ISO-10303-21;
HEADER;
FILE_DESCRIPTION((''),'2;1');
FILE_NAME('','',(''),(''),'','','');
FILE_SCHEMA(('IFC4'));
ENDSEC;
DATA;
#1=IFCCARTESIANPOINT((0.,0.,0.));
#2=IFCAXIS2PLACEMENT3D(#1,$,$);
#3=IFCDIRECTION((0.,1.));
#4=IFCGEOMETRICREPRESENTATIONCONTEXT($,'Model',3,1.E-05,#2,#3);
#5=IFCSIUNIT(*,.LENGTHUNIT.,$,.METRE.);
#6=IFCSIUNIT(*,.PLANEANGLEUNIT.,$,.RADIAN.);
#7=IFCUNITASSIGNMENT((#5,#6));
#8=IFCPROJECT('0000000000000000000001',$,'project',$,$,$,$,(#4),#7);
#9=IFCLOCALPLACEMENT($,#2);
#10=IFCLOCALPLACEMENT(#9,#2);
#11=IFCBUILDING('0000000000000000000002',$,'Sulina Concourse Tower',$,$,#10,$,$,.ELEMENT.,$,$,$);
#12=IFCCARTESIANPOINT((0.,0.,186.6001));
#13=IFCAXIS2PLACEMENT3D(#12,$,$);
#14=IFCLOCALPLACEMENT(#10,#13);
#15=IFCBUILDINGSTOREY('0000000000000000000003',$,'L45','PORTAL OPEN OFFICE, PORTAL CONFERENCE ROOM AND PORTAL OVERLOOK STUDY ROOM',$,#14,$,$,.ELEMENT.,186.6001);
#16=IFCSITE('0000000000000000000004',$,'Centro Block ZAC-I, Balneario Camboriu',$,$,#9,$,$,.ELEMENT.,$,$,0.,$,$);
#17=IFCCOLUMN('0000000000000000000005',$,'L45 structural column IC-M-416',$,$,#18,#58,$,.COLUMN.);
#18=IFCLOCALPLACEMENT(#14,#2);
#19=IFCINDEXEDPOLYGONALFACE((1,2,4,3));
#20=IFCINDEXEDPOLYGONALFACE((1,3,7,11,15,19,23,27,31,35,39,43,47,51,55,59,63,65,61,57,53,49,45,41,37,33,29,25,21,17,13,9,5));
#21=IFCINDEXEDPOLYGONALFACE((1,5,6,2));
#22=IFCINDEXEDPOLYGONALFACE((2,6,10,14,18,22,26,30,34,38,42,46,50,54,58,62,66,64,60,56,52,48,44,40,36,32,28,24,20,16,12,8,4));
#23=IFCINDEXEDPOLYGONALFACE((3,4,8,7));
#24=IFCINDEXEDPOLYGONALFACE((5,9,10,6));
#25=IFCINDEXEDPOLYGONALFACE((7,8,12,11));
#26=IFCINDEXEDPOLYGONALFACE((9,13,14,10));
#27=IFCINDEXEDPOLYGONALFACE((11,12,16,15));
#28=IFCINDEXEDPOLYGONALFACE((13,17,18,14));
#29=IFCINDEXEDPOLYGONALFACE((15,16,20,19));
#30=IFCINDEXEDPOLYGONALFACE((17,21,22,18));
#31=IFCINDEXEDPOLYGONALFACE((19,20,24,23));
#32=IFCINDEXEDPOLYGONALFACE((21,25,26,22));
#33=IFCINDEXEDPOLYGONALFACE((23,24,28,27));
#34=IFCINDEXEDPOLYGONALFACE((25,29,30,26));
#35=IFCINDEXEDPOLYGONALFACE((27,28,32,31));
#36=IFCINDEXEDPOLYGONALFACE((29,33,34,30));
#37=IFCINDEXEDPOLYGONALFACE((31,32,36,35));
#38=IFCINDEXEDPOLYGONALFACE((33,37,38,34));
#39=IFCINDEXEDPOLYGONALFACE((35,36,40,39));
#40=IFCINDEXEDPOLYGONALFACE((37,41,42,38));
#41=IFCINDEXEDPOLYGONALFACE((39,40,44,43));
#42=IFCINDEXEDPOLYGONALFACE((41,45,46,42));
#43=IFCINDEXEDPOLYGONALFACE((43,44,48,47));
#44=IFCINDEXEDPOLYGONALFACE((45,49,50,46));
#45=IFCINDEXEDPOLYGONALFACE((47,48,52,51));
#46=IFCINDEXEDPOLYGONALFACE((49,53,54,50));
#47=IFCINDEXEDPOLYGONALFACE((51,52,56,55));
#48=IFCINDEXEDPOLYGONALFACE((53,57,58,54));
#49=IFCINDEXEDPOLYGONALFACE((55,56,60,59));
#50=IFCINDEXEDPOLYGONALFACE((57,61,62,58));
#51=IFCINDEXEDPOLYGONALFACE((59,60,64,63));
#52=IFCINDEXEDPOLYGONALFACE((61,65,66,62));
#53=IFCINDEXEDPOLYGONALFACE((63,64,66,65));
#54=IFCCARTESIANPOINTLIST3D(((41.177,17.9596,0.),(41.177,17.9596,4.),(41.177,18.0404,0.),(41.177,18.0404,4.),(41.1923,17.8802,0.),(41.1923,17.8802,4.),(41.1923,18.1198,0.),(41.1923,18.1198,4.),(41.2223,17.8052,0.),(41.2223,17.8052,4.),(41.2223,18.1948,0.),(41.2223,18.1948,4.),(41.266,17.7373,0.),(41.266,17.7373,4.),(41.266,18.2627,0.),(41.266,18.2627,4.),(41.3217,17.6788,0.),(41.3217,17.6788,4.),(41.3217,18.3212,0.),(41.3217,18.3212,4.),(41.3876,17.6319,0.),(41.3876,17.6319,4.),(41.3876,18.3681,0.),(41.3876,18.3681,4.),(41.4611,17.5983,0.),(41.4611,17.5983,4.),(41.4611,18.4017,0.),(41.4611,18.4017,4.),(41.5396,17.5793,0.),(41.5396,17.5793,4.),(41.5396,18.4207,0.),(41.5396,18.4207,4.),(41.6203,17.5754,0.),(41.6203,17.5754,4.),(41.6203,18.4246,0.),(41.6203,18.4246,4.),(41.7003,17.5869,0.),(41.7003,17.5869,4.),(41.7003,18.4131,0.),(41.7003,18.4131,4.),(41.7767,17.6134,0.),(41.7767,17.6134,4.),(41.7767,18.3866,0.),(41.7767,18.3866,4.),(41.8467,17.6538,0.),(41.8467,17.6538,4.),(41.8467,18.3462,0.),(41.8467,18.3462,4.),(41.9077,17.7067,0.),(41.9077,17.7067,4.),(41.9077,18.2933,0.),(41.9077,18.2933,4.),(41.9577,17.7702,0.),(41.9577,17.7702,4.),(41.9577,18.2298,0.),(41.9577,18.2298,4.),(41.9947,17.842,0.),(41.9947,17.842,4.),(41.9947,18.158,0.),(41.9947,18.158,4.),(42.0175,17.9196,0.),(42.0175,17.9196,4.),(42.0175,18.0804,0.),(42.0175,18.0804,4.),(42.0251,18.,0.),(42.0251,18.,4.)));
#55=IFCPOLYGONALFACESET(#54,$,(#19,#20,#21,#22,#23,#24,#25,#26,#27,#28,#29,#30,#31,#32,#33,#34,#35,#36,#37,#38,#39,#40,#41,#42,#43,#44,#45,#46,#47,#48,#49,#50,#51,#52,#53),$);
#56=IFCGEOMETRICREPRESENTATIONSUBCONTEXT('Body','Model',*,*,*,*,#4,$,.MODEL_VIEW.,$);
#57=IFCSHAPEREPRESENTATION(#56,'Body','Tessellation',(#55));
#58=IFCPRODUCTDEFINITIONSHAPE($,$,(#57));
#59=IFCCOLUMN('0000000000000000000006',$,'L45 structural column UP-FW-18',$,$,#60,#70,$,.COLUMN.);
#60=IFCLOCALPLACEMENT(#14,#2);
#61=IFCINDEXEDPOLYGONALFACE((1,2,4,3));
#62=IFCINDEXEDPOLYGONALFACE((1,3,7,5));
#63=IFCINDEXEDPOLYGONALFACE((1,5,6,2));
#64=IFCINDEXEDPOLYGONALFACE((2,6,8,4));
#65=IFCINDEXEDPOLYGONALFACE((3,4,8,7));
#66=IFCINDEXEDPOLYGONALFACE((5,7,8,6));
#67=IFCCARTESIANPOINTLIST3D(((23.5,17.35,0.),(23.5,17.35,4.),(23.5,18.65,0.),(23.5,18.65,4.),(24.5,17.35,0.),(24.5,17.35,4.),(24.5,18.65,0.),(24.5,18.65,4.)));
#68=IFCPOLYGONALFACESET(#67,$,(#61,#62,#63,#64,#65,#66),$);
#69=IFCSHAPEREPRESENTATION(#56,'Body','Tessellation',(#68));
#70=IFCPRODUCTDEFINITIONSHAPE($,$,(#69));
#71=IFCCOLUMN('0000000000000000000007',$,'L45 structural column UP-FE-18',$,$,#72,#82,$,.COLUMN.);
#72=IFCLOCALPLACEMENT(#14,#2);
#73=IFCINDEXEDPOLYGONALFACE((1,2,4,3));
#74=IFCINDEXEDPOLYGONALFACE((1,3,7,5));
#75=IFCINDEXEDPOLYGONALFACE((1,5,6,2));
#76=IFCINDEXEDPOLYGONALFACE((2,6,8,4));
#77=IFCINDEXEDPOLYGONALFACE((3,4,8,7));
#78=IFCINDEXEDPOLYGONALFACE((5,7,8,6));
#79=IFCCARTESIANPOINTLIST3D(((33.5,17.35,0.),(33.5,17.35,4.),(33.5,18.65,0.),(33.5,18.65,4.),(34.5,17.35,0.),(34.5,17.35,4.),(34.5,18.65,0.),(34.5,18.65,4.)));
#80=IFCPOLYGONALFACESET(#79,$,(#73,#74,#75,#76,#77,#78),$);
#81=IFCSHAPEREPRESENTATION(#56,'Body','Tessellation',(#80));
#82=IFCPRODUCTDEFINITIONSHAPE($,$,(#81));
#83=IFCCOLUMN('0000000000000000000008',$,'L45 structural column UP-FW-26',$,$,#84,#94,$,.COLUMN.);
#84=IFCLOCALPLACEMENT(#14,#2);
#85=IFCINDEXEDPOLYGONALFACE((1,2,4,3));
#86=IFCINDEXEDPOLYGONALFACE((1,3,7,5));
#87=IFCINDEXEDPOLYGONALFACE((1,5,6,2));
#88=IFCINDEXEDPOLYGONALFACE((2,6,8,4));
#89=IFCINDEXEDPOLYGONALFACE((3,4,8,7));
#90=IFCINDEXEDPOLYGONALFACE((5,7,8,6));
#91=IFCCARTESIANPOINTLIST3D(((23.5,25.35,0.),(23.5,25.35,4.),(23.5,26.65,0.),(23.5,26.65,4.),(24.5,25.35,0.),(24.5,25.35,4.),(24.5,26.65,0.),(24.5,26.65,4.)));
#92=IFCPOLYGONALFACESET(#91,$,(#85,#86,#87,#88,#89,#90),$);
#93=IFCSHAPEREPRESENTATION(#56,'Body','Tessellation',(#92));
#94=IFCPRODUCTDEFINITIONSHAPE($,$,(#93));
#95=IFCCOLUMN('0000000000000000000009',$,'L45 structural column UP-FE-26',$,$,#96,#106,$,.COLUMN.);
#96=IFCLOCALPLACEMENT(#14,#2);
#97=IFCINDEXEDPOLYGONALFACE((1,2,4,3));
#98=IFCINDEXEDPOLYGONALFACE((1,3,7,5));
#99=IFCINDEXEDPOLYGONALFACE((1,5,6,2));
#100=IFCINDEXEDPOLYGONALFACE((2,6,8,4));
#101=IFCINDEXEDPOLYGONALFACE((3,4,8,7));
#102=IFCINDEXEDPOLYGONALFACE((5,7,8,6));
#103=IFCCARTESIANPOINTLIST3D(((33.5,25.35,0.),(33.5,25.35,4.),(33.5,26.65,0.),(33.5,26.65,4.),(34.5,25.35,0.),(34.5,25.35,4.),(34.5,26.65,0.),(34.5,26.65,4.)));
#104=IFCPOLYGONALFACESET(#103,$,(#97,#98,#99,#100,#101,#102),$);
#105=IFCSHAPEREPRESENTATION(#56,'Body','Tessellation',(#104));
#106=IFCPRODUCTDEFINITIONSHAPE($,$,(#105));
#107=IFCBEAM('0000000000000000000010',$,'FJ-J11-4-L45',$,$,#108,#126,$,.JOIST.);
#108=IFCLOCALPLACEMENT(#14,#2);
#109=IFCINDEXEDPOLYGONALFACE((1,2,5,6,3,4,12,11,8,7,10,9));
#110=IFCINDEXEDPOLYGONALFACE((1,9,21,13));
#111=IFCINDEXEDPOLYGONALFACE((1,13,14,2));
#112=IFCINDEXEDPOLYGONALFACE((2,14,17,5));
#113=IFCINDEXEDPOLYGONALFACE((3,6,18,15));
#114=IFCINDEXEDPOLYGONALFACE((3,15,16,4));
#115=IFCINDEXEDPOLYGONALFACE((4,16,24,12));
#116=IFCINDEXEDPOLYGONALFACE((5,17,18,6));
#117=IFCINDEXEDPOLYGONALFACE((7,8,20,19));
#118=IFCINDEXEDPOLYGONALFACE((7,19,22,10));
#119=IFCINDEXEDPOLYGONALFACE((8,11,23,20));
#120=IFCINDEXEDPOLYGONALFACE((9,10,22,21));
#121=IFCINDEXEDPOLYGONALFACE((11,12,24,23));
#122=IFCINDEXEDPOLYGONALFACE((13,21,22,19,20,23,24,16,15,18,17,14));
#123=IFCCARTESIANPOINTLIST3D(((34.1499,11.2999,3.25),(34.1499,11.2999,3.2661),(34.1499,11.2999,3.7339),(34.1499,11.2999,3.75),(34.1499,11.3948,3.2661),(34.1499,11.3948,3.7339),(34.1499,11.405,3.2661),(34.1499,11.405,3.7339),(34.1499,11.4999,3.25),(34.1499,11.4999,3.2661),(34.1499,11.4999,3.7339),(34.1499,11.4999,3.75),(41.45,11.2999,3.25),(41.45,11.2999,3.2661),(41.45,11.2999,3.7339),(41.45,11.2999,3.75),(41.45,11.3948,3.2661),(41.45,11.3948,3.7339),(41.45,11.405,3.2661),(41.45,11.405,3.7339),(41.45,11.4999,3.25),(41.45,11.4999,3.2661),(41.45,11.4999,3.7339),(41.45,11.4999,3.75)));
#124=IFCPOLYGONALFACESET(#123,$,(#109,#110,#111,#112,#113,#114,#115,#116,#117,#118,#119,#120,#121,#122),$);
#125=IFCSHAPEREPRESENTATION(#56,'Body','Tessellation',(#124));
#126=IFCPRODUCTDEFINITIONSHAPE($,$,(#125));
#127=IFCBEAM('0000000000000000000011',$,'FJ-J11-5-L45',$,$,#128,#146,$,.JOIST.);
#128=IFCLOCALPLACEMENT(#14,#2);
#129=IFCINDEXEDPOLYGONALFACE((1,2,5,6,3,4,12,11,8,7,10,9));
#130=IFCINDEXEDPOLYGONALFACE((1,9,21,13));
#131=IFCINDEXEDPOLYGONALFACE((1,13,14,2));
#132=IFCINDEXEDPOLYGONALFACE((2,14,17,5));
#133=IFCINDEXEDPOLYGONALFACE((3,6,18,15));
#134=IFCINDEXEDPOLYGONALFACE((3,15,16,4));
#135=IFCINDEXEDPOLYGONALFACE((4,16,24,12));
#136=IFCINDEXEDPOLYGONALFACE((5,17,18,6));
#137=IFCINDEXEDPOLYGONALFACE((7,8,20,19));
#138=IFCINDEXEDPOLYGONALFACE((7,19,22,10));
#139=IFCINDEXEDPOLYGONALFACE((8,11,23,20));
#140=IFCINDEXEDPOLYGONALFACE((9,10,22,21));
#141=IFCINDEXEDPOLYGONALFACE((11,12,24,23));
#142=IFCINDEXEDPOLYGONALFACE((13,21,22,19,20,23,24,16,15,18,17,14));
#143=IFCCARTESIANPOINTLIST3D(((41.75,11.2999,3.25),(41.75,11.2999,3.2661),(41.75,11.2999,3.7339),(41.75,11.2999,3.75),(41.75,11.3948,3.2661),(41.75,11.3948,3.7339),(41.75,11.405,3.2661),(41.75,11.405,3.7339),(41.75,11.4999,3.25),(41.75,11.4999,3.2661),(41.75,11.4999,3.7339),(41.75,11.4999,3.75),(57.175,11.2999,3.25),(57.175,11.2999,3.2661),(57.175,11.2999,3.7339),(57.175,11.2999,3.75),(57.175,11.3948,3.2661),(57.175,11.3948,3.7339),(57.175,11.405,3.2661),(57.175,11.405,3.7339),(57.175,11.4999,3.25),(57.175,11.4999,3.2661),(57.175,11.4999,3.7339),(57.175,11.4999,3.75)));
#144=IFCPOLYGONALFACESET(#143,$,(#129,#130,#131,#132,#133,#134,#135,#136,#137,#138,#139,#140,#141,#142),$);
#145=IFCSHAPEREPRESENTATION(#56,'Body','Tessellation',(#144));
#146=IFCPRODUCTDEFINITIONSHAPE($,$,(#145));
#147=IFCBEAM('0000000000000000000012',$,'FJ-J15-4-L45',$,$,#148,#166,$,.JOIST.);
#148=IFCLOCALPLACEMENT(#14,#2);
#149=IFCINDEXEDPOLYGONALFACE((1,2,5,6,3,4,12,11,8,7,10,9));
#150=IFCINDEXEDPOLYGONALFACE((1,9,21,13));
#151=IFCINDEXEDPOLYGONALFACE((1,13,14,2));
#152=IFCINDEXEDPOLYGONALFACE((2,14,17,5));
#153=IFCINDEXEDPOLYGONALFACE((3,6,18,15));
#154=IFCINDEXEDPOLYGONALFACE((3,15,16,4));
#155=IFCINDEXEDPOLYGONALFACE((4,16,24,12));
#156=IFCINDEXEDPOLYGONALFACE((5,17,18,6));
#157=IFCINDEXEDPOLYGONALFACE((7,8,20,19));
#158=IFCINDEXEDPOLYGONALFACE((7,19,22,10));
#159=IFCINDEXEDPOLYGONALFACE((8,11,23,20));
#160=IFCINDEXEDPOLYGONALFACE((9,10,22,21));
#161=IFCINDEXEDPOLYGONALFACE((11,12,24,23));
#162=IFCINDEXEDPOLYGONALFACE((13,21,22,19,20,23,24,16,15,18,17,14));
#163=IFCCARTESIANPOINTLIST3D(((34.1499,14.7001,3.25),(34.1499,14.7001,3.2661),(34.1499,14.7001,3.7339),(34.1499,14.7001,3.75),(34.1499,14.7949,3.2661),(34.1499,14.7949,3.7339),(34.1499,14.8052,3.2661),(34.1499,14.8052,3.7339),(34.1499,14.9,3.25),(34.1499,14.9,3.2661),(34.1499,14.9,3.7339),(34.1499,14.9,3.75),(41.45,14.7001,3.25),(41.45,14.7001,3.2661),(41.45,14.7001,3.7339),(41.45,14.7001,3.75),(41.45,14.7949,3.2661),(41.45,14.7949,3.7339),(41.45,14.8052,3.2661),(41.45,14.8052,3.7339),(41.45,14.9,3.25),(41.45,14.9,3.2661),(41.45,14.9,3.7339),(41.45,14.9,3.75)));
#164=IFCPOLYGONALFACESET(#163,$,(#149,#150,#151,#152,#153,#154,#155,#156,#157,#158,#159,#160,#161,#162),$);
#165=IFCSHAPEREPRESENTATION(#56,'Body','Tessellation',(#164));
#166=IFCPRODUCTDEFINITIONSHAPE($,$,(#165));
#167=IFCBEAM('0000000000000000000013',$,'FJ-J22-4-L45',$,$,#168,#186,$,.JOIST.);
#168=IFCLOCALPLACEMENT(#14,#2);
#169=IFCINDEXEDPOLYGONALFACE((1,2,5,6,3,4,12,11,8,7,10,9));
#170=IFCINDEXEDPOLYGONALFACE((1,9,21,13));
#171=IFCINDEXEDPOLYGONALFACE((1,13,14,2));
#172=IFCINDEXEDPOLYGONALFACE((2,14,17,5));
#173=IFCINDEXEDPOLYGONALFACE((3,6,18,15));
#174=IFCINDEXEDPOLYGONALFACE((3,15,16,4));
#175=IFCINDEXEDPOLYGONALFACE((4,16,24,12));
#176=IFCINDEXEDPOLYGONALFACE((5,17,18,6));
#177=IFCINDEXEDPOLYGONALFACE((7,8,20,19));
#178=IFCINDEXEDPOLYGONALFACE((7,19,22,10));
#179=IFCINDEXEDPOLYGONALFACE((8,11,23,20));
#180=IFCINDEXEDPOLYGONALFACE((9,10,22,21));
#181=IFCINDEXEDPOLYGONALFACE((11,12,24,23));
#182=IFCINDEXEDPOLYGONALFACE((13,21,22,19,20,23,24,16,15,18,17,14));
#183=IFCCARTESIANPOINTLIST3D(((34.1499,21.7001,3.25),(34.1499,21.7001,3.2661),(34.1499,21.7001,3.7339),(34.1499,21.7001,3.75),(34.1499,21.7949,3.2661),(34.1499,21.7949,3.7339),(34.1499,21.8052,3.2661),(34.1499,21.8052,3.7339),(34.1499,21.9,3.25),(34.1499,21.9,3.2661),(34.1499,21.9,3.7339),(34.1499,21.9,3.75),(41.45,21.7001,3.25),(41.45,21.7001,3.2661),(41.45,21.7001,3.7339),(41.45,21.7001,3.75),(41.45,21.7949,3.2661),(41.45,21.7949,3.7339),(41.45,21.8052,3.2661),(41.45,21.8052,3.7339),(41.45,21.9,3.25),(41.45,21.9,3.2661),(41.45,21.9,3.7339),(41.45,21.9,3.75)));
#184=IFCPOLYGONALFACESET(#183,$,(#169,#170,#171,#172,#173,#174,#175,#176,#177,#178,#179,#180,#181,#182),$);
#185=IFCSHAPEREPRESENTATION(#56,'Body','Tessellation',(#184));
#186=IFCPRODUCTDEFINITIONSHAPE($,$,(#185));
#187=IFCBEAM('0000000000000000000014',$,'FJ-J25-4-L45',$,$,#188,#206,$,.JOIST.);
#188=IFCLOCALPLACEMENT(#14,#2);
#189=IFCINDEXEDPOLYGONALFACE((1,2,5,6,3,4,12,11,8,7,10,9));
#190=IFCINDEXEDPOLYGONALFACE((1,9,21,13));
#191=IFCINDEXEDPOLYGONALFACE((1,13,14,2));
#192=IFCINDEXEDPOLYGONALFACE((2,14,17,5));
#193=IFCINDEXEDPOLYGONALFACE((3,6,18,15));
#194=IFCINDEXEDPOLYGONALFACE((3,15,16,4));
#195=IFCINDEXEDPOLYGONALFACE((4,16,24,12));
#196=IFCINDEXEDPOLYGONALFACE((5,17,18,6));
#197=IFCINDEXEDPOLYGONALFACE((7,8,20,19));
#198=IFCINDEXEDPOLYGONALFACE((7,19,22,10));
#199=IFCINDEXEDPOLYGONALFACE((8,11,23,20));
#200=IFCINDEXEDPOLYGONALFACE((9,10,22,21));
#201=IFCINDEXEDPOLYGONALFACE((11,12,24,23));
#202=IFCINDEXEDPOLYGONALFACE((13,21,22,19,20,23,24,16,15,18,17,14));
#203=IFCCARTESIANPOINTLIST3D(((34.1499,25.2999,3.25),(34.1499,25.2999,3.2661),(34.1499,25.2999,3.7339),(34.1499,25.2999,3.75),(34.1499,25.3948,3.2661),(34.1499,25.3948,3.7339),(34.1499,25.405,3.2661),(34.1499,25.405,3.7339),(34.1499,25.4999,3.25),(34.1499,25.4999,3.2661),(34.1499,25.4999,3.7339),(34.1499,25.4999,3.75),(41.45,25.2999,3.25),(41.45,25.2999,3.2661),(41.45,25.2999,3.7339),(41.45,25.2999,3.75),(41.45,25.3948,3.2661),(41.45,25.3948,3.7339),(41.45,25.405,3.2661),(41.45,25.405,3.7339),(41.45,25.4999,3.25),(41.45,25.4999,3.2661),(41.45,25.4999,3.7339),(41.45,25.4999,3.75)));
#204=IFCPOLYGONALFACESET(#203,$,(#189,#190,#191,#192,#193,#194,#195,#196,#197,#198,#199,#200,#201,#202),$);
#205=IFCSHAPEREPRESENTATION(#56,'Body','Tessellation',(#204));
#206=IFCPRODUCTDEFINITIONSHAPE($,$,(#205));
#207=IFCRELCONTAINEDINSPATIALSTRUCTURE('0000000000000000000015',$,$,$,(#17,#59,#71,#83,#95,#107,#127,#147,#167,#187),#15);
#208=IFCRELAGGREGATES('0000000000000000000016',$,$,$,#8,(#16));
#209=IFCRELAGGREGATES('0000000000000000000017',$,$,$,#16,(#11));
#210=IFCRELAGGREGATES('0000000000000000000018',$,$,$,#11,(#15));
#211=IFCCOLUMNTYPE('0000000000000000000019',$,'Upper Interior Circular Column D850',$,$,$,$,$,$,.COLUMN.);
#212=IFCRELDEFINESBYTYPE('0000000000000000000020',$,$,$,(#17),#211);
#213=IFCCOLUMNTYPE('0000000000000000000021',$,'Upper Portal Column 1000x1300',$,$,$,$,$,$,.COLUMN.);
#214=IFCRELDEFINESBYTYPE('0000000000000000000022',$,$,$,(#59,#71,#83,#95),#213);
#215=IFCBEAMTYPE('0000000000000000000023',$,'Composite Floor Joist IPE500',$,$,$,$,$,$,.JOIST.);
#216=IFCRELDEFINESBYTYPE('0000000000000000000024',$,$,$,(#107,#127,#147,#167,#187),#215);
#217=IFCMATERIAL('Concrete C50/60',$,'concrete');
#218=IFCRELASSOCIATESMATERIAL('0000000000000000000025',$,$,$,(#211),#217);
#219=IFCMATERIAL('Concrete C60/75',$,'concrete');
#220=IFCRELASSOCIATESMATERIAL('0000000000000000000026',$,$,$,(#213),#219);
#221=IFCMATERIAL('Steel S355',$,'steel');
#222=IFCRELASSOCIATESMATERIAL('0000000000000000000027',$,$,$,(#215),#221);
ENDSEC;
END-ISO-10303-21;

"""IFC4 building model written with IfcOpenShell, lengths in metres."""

from ifc_helpers import new_model, si_unit, direction, frame, origin, origin_2d, place, context, subcontext, project, spatial, rectangle, circle, i_section, extrude, material, material_profile, profile_set, type_object, element, save


model = new_model("IFC4")

# Units and contexts
model_context = context("Model", 3, precision=1e-05, world=origin(), true_north=direction((0.0, 1.0)))
body_context = subcontext(model_context, "Body", "Model", "MODEL_VIEW")
ifc_project = project(units=[si_unit("LENGTHUNIT", "METRE"), si_unit("PLANEANGLEUNIT", "RADIAN")], contexts=[model_context])

# Site, building, storey
site_placement = place(None, origin())
site = spatial("IfcSite", under=ifc_project, at=site_placement, Name="Centro Block ZAC-I, Balneario Camboriu", CompositionType="ELEMENT", RefElevation=0.0)
building_placement = place(site_placement, origin())
building = spatial("IfcBuilding", under=site, at=building_placement, Name="Sulina Concourse Tower", CompositionType="ELEMENT")
storey_placement = place(building_placement, frame((0.0, 0.0, 186.6001)))
storey = spatial("IfcBuildingStorey", under=building, at=storey_placement, Name="L45", Description="PORTAL OPEN OFFICE, PORTAL CONFERENCE ROOM AND PORTAL OVERLOOK STUDY ROOM", CompositionType="ELEMENT", Elevation=186.6001)

# Columns
ifc_material_1 = material(Name="Concrete C50/60", Category="concrete")
ifc_material_profile_1 = material_profile(ifc_material_1, circle(Radius=0.425, at=origin_2d()), Name="RC D850")
ifc_profile_set_1 = profile_set([ifc_material_profile_1], Name="Concrete C50/60")
column_type_1 = type_object("IfcColumnType", Name="Upper Interior Circular Column D850", PredefinedType="COLUMN", material=ifc_profile_set_1)
column_placement = place(storey_placement, frame((41.6001, 18.0, 0.0), z_axis=(0.0, 0.0, 1.0), x_axis=(1.0, 0.0, 0.0)))
element("IfcColumn", 1, at=column_placement, inside=storey, type_object=column_type_1, Name="L45 structural column IC-M-416", PredefinedType="COLUMN", context=body_context, shape_type="SweptSolid", body=[
    extrude(circle(Radius=0.425, at=origin_2d()), origin(), (0.0, 0.0, 1.0), 4.0),
])
ifc_material_2 = material(Name="Concrete C60/75", Category="concrete")
ifc_material_profile_2 = material_profile(ifc_material_2, rectangle(XDim=1.0, YDim=1.3, at=origin_2d()), Name="RC 1000x1300")
ifc_profile_set_2 = profile_set([ifc_material_profile_2], Name="Concrete C60/75")
column_type_2 = type_object("IfcColumnType", Name="Upper Portal Column 1000x1300", PredefinedType="COLUMN", material=ifc_profile_set_2)
for number, where, z_axis, x_axis, name in (
    (2, (24.0, 18.0, 0.0), (0.0, 0.0, 1.0), (1.0, 0.0, 0.0), "L45 structural column UP-FW-18"),
    (3, (34.0, 18.0, 0.0), (0.0, 0.0, 1.0), (1.0, 0.0, 0.0), "L45 structural column UP-FE-18"),
    (4, (24.0, 26.0, 0.0), (0.0, 0.0, 1.0), (1.0, 0.0, 0.0), "L45 structural column UP-FW-26"),
    (5, (34.0, 26.0, 0.0), (0.0, 0.0, 1.0), (1.0, 0.0, 0.0), "L45 structural column UP-FE-26"),
):
    element("IfcColumn", number, at=place(storey_placement, frame(where, z_axis=z_axis, x_axis=x_axis)), inside=storey, type_object=column_type_2, Name=name, PredefinedType="COLUMN", context=body_context, shape_type="SweptSolid", body=[
        extrude(rectangle(XDim=1.0, YDim=1.3, at=origin_2d()), origin(), (0.0, 0.0, 1.0), 4.0),
    ])

# Beams
ifc_material_3 = material(Name="Steel S355", Category="steel")
ifc_material_profile_3 = material_profile(ifc_material_3, i_section(OverallWidth=0.2, OverallDepth=0.5, WebThickness=0.0103, FlangeThickness=0.0161, at=origin_2d()), Name="IPE 500")
ifc_profile_set_3 = profile_set([ifc_material_profile_3], Name="Steel S355")
beam_type_1 = type_object("IfcBeamType", Name="Composite Floor Joist IPE500", PredefinedType="JOIST", material=ifc_profile_set_3)
beam_1_placement = place(storey_placement, frame((34.1499, 11.3999, 3.5), z_axis=(1.0, 0.0, 0.0), x_axis=(0.0, 1.0, 0.0)))
element("IfcBeam", 6, at=beam_1_placement, inside=storey, type_object=beam_type_1, Name="FJ-J11-4-L45", PredefinedType="JOIST", context=body_context, shape_type="SweptSolid", body=[
    extrude(i_section(OverallWidth=0.2, OverallDepth=0.5, WebThickness=0.0103, FlangeThickness=0.0161, at=origin_2d()), origin(), (0.0, 0.0, 1.0), 7.3),
])
beam_2_placement = place(storey_placement, frame((41.75, 11.3999, 3.5), z_axis=(1.0, 0.0, 0.0), x_axis=(0.0, 1.0, 0.0)))
element("IfcBeam", 7, at=beam_2_placement, inside=storey, type_object=beam_type_1, Name="FJ-J11-5-L45", PredefinedType="JOIST", context=body_context, shape_type="SweptSolid", body=[
    extrude(i_section(OverallWidth=0.2, OverallDepth=0.5, WebThickness=0.0103, FlangeThickness=0.0161, at=origin_2d()), origin(), (0.0, 0.0, 1.0), 15.425),
])
for number, where, z_axis, x_axis, name in (
    (8, (34.1499, 14.8, 3.5), (1.0, 0.0, 0.0), (0.0, 1.0, 0.0), "FJ-J15-4-L45"),
    (9, (34.1499, 21.8, 3.5), (1.0, 0.0, 0.0), (0.0, 1.0, 0.0), "FJ-J22-4-L45"),
    (10, (34.1499, 25.3999, 3.5), (1.0, 0.0, 0.0), (0.0, 1.0, 0.0), "FJ-J25-4-L45"),
):
    element("IfcBeam", number, at=place(storey_placement, frame(where, z_axis=z_axis, x_axis=x_axis)), inside=storey, type_object=beam_type_1, Name=name, PredefinedType="JOIST", context=body_context, shape_type="SweptSolid", body=[
        extrude(i_section(OverallWidth=0.2, OverallDepth=0.5, WebThickness=0.0103, FlangeThickness=0.0161, at=origin_2d()), origin(), (0.0, 0.0, 1.0), 7.3),
    ])

save(model, "model.ifc")
